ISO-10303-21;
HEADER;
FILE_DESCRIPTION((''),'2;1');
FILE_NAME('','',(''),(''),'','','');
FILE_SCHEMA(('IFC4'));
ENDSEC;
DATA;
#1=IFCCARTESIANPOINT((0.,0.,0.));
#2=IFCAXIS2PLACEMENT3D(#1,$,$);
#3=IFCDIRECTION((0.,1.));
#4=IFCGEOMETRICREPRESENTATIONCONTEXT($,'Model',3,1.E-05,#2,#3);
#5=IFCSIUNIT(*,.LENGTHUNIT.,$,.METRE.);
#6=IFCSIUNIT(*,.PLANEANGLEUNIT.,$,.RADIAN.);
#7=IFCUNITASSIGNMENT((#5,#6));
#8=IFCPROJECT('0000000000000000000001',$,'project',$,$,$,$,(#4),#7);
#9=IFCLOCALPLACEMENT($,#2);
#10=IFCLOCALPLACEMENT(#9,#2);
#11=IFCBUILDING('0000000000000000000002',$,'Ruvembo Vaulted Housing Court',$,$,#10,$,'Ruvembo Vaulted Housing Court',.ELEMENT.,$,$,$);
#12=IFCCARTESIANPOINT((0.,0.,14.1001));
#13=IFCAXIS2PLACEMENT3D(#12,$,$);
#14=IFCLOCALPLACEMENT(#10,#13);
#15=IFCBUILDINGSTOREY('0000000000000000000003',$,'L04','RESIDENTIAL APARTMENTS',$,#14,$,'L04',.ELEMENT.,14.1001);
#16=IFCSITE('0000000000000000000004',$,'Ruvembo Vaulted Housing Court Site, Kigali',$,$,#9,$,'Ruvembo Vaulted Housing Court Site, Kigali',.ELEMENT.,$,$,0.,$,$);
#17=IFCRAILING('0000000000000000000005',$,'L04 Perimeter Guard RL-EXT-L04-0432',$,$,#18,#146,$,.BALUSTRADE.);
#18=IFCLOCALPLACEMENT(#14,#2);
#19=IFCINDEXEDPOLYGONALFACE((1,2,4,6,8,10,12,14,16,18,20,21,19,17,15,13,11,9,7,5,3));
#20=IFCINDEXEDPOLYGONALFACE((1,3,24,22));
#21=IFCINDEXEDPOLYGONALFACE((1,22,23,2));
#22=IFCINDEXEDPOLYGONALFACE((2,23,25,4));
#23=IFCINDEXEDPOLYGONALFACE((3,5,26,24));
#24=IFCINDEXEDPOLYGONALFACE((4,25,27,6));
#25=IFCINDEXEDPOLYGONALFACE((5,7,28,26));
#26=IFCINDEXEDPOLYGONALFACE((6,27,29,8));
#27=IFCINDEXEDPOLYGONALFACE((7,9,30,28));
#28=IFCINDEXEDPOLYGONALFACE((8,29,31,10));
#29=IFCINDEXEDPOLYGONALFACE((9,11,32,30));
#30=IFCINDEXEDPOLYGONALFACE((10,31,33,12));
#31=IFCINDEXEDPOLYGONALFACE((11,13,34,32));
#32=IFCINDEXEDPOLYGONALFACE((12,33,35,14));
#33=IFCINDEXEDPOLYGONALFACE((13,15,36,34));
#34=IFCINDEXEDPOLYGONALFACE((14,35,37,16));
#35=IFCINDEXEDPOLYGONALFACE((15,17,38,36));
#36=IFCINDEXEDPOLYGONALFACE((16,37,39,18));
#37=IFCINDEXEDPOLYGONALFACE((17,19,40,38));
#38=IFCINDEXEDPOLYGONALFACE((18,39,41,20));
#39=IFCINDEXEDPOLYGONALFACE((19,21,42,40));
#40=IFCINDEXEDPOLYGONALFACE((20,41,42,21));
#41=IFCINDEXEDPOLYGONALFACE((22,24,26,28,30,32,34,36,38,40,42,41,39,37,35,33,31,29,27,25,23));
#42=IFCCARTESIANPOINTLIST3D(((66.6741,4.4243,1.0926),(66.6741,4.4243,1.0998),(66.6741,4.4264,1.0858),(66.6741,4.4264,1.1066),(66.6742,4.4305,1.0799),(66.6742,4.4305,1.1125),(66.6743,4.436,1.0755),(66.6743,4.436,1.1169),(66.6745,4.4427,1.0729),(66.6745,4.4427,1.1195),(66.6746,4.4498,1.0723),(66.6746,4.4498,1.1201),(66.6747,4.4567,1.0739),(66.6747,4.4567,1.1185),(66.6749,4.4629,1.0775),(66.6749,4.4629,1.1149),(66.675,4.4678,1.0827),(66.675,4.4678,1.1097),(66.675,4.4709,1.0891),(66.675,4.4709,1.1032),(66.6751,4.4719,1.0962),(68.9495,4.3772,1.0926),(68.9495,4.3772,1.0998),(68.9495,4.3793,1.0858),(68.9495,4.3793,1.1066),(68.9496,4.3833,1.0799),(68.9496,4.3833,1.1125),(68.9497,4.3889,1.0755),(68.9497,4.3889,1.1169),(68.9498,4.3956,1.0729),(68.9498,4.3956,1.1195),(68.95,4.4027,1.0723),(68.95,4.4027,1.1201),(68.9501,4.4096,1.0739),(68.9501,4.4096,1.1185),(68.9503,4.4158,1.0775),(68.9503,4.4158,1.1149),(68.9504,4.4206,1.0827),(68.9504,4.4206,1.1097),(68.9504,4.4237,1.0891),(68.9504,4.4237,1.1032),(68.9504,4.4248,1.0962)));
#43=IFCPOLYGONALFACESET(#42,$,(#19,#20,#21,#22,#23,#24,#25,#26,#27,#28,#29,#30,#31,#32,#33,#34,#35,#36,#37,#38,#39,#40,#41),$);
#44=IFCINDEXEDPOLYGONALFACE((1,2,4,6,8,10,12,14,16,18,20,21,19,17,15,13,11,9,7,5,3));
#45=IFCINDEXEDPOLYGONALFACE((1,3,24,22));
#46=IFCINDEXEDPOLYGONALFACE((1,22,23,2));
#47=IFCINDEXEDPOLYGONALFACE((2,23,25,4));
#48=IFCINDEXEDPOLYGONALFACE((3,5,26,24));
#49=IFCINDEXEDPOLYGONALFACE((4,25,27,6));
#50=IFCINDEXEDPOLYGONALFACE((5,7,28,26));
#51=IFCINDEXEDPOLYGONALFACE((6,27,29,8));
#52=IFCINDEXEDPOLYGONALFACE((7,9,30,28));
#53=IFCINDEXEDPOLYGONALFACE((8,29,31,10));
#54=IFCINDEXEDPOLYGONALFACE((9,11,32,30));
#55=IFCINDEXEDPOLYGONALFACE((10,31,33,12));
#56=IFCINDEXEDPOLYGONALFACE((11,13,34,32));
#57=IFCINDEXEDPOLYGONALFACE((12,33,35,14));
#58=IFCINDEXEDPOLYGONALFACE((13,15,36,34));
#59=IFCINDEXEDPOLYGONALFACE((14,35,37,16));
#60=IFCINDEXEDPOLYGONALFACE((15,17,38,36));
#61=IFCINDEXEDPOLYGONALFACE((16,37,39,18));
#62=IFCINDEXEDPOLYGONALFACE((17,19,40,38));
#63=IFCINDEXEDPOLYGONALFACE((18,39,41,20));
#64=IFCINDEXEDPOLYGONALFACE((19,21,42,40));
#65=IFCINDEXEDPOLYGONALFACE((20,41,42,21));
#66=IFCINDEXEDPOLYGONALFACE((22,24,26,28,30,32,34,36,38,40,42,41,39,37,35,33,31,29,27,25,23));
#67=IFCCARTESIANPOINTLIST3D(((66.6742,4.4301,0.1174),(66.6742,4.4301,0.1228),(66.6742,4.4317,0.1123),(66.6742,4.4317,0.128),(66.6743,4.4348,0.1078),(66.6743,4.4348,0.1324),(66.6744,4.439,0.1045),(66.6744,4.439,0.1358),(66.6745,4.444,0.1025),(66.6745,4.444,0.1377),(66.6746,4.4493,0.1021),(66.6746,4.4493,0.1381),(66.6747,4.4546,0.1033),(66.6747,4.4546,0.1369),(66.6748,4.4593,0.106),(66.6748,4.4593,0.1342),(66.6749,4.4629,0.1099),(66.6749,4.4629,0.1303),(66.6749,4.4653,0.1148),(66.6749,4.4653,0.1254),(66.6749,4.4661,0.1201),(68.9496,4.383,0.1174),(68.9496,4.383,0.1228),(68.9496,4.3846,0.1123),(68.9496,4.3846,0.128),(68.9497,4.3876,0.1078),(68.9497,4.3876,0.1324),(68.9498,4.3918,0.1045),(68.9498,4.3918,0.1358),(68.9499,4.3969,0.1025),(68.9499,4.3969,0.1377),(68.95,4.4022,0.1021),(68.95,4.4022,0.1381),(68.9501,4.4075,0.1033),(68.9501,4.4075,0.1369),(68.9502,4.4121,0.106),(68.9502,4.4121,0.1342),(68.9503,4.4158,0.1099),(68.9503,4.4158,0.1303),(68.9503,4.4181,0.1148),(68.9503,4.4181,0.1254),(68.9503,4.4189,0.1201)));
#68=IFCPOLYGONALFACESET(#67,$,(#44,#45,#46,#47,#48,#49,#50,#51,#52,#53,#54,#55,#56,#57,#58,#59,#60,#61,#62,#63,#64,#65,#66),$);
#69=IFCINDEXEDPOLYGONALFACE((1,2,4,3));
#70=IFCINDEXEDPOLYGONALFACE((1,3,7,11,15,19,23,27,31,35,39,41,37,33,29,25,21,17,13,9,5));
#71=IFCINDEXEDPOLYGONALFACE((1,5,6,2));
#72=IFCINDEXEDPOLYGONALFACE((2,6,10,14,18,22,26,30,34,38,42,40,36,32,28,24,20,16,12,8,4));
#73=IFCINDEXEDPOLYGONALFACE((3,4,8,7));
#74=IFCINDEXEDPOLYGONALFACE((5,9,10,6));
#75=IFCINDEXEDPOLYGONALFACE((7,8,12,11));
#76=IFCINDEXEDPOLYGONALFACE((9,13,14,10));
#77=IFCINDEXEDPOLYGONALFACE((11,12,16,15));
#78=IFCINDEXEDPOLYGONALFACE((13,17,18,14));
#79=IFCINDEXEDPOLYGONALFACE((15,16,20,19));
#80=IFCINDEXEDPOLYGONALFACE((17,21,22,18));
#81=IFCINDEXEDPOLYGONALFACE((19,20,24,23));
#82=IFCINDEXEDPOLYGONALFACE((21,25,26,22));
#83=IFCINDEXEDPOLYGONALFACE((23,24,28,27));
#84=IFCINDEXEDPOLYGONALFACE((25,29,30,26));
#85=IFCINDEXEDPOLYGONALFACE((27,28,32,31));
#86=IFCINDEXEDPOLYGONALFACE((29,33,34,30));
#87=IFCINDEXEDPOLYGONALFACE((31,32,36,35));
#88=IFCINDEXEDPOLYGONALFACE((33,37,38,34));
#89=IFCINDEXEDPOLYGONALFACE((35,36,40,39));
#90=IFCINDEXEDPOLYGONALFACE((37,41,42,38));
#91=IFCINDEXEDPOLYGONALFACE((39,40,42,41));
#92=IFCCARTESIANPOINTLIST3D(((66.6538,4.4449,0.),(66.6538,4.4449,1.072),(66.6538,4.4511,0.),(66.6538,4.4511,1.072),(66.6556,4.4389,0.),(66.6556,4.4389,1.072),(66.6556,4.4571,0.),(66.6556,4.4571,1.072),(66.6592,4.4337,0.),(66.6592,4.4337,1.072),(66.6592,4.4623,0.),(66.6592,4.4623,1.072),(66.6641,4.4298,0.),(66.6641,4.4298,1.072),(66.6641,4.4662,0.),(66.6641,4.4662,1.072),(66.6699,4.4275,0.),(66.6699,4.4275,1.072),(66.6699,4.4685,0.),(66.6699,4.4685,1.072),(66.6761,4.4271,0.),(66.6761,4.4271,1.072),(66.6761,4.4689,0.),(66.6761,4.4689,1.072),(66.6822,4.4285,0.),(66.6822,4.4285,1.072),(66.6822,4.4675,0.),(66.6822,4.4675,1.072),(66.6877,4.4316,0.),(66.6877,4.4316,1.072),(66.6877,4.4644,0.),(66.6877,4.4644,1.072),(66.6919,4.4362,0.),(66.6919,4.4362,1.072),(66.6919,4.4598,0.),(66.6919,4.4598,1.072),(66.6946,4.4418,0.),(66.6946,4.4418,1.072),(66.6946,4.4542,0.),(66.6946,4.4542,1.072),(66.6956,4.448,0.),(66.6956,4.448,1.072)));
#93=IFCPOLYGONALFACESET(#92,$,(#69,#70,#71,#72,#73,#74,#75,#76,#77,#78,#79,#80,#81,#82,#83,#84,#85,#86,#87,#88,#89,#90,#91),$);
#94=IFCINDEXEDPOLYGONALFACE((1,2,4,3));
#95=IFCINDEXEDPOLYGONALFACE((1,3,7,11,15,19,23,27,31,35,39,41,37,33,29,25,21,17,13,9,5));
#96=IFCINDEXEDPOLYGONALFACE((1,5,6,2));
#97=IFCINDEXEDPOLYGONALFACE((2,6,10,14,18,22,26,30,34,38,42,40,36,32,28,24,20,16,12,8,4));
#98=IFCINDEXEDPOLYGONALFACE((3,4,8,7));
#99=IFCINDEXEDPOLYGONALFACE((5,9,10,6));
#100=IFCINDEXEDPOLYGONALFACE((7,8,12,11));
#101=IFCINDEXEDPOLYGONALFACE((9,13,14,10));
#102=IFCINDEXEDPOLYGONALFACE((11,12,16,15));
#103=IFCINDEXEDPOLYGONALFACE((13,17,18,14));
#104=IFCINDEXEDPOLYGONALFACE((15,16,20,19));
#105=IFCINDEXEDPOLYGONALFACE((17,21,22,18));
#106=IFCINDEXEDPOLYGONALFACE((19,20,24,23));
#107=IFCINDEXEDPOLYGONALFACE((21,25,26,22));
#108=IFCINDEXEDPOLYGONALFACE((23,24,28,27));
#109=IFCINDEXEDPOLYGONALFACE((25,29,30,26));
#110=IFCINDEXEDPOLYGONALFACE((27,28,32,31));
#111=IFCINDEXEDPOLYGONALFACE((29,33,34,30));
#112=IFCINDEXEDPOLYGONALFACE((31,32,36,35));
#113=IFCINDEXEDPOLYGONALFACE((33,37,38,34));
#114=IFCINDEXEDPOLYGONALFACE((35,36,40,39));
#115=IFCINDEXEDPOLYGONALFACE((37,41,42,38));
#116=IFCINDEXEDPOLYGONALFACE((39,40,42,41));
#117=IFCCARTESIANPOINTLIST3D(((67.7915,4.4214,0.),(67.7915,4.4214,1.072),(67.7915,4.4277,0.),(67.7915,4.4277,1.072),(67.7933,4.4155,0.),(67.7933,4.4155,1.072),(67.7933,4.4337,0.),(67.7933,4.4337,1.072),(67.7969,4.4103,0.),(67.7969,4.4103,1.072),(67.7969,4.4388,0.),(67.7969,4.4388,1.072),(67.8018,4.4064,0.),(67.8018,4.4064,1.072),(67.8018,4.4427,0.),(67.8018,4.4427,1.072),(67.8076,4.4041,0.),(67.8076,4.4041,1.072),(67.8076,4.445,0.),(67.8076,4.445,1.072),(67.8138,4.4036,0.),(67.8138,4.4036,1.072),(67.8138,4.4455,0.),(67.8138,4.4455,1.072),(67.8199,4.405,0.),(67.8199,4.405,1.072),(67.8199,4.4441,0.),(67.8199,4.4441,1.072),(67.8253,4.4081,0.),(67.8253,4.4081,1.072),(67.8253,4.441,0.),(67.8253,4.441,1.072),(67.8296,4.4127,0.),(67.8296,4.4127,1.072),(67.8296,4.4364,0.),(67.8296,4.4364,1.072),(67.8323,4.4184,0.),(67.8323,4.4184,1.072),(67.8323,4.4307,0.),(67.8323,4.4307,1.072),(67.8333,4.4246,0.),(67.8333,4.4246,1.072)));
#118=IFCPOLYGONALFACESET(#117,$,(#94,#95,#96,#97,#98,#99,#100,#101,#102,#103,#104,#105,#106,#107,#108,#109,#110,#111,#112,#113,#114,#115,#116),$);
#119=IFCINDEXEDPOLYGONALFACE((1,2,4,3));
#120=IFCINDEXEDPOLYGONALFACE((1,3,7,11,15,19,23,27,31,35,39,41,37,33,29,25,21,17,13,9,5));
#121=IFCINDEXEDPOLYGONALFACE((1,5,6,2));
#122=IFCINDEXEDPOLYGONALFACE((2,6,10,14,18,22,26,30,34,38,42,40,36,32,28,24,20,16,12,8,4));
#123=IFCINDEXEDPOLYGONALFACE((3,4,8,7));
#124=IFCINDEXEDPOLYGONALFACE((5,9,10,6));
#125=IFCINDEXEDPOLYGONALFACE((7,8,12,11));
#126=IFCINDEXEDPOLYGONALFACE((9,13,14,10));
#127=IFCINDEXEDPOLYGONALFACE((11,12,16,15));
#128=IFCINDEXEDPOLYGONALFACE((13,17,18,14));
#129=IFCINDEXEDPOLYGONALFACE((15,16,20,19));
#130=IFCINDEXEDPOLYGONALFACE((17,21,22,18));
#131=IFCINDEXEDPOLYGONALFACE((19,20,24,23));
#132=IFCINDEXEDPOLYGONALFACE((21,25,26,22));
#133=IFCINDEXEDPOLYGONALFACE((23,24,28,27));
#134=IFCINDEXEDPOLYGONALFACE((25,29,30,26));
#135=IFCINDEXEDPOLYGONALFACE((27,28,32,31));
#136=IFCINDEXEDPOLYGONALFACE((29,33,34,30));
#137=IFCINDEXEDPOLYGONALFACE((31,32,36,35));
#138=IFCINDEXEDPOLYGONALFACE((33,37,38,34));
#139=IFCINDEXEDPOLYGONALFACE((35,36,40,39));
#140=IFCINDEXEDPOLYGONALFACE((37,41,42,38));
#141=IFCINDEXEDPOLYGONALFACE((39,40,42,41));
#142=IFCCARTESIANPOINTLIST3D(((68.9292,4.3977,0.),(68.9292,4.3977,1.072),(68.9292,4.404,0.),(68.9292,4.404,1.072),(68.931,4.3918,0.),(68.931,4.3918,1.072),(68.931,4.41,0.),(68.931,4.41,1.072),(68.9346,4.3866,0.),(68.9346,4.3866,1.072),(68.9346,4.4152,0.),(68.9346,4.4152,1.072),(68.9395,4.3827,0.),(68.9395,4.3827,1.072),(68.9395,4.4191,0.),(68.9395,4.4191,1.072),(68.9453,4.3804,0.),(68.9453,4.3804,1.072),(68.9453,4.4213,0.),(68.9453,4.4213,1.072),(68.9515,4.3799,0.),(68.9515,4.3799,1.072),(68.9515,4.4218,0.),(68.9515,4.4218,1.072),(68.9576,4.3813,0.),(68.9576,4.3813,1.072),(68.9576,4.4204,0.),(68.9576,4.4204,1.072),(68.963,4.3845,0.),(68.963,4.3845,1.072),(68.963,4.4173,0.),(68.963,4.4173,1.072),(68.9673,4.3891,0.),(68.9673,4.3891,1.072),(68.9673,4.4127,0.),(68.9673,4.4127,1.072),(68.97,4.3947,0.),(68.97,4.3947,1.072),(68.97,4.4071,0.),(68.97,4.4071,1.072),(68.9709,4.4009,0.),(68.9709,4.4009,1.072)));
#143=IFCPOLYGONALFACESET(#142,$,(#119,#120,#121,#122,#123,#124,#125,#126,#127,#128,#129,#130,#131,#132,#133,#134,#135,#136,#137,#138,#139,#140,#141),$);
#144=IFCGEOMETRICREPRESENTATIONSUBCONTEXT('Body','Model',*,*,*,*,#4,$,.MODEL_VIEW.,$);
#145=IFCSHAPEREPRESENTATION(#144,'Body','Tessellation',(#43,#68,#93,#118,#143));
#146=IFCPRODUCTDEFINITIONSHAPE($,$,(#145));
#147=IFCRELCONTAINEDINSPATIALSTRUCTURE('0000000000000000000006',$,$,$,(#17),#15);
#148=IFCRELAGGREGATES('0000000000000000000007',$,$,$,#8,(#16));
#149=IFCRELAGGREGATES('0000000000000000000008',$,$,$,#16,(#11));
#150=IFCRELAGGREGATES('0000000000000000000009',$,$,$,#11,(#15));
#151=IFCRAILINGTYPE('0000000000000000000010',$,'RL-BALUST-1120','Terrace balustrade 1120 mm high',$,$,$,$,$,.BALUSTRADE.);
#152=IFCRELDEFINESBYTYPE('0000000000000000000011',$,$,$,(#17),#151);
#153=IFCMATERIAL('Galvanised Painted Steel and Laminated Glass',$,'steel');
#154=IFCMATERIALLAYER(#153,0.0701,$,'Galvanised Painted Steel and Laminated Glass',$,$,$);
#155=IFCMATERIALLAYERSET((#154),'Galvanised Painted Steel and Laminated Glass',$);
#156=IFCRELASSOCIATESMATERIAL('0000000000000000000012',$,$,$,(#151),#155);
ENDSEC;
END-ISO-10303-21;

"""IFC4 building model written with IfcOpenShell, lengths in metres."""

from ifc_helpers import new_model, si_unit, direction, frame, origin, origin_2d, place, context, subcontext, project, spatial, circle, extrude, material, layer, layer_set, type_object, element, save


model = new_model("IFC4")

# Units and contexts
model_context = context("Model", 3, precision=1e-05, world=origin(), true_north=direction((0.0, 1.0)))
body_context = subcontext(model_context, "Body", "Model", "MODEL_VIEW")
ifc_project = project(units=[si_unit("LENGTHUNIT", "METRE"), si_unit("PLANEANGLEUNIT", "RADIAN")], contexts=[model_context])

# Site, building, storey
site_placement = place(None, origin())
site = spatial("IfcSite", under=ifc_project, at=site_placement, Name="Ruvembo Vaulted Housing Court Site, Kigali", LongName="Ruvembo Vaulted Housing Court Site, Kigali", CompositionType="ELEMENT", RefElevation=0.0)
building_placement = place(site_placement, origin())
building = spatial("IfcBuilding", under=site, at=building_placement, Name="Ruvembo Vaulted Housing Court", LongName="Ruvembo Vaulted Housing Court", CompositionType="ELEMENT")
storey_placement = place(building_placement, frame((0.0, 0.0, 14.1001)))
storey = spatial("IfcBuildingStorey", under=building, at=storey_placement, Name="L04", Description="RESIDENTIAL APARTMENTS", LongName="L04", CompositionType="ELEMENT", Elevation=14.1001)

# Railing
ifc_material_1 = material(Name="Galvanised Painted Steel and Laminated Glass", Category="steel")
ifc_layer_1 = layer(ifc_material_1, 0.0701, Name="Galvanised Painted Steel and Laminated Glass")
ifc_layer_set_1 = layer_set([ifc_layer_1], Name="Galvanised Painted Steel and Laminated Glass")
railing_type = type_object("IfcRailingType", Name="RL-BALUST-1120", Description="Terrace balustrade 1120 mm high", PredefinedType="BALUSTRADE", material=ifc_layer_set_1)
railing_1_placement = place(storey_placement, frame((66.6746, 4.448, 0.0)))
element("IfcRailing", 1, at=railing_1_placement, inside=storey, type_object=railing_type, Name="L04 Perimeter Guard RL-EXT-L04-0432", PredefinedType="BALUSTRADE", context=body_context, shape_type="SweptSolid", body=[
    extrude(circle(Radius=0.0239, at=origin_2d()), frame((0.0, 0.0, 1.0962), z_axis=(0.999786, -0.020704, 0.0), x_axis=(0.020704, 0.999786, 0.0)), (0.0, 0.0, 1.0), 2.2759),
    extrude(circle(Radius=0.0181, at=origin_2d()), frame((0.0, 0.0, 0.1201), z_axis=(0.999786, -0.020704, 0.0), x_axis=(0.020704, 0.999786, 0.0)), (0.0, 0.0, 1.0), 2.2759),
    extrude(circle(Radius=0.021, at=origin_2d()), origin(), (0.0, 0.0, 1.0), 1.072),
    extrude(circle(Radius=0.021, at=origin_2d()), frame((1.1377, -0.0234, 0.0)), (0.0, 0.0, 1.0), 1.072),
    extrude(circle(Radius=0.021, at=origin_2d()), frame((2.2754, -0.0471, 0.0)), (0.0, 0.0, 1.0), 1.072),
])

save(model, "model.ifc")
